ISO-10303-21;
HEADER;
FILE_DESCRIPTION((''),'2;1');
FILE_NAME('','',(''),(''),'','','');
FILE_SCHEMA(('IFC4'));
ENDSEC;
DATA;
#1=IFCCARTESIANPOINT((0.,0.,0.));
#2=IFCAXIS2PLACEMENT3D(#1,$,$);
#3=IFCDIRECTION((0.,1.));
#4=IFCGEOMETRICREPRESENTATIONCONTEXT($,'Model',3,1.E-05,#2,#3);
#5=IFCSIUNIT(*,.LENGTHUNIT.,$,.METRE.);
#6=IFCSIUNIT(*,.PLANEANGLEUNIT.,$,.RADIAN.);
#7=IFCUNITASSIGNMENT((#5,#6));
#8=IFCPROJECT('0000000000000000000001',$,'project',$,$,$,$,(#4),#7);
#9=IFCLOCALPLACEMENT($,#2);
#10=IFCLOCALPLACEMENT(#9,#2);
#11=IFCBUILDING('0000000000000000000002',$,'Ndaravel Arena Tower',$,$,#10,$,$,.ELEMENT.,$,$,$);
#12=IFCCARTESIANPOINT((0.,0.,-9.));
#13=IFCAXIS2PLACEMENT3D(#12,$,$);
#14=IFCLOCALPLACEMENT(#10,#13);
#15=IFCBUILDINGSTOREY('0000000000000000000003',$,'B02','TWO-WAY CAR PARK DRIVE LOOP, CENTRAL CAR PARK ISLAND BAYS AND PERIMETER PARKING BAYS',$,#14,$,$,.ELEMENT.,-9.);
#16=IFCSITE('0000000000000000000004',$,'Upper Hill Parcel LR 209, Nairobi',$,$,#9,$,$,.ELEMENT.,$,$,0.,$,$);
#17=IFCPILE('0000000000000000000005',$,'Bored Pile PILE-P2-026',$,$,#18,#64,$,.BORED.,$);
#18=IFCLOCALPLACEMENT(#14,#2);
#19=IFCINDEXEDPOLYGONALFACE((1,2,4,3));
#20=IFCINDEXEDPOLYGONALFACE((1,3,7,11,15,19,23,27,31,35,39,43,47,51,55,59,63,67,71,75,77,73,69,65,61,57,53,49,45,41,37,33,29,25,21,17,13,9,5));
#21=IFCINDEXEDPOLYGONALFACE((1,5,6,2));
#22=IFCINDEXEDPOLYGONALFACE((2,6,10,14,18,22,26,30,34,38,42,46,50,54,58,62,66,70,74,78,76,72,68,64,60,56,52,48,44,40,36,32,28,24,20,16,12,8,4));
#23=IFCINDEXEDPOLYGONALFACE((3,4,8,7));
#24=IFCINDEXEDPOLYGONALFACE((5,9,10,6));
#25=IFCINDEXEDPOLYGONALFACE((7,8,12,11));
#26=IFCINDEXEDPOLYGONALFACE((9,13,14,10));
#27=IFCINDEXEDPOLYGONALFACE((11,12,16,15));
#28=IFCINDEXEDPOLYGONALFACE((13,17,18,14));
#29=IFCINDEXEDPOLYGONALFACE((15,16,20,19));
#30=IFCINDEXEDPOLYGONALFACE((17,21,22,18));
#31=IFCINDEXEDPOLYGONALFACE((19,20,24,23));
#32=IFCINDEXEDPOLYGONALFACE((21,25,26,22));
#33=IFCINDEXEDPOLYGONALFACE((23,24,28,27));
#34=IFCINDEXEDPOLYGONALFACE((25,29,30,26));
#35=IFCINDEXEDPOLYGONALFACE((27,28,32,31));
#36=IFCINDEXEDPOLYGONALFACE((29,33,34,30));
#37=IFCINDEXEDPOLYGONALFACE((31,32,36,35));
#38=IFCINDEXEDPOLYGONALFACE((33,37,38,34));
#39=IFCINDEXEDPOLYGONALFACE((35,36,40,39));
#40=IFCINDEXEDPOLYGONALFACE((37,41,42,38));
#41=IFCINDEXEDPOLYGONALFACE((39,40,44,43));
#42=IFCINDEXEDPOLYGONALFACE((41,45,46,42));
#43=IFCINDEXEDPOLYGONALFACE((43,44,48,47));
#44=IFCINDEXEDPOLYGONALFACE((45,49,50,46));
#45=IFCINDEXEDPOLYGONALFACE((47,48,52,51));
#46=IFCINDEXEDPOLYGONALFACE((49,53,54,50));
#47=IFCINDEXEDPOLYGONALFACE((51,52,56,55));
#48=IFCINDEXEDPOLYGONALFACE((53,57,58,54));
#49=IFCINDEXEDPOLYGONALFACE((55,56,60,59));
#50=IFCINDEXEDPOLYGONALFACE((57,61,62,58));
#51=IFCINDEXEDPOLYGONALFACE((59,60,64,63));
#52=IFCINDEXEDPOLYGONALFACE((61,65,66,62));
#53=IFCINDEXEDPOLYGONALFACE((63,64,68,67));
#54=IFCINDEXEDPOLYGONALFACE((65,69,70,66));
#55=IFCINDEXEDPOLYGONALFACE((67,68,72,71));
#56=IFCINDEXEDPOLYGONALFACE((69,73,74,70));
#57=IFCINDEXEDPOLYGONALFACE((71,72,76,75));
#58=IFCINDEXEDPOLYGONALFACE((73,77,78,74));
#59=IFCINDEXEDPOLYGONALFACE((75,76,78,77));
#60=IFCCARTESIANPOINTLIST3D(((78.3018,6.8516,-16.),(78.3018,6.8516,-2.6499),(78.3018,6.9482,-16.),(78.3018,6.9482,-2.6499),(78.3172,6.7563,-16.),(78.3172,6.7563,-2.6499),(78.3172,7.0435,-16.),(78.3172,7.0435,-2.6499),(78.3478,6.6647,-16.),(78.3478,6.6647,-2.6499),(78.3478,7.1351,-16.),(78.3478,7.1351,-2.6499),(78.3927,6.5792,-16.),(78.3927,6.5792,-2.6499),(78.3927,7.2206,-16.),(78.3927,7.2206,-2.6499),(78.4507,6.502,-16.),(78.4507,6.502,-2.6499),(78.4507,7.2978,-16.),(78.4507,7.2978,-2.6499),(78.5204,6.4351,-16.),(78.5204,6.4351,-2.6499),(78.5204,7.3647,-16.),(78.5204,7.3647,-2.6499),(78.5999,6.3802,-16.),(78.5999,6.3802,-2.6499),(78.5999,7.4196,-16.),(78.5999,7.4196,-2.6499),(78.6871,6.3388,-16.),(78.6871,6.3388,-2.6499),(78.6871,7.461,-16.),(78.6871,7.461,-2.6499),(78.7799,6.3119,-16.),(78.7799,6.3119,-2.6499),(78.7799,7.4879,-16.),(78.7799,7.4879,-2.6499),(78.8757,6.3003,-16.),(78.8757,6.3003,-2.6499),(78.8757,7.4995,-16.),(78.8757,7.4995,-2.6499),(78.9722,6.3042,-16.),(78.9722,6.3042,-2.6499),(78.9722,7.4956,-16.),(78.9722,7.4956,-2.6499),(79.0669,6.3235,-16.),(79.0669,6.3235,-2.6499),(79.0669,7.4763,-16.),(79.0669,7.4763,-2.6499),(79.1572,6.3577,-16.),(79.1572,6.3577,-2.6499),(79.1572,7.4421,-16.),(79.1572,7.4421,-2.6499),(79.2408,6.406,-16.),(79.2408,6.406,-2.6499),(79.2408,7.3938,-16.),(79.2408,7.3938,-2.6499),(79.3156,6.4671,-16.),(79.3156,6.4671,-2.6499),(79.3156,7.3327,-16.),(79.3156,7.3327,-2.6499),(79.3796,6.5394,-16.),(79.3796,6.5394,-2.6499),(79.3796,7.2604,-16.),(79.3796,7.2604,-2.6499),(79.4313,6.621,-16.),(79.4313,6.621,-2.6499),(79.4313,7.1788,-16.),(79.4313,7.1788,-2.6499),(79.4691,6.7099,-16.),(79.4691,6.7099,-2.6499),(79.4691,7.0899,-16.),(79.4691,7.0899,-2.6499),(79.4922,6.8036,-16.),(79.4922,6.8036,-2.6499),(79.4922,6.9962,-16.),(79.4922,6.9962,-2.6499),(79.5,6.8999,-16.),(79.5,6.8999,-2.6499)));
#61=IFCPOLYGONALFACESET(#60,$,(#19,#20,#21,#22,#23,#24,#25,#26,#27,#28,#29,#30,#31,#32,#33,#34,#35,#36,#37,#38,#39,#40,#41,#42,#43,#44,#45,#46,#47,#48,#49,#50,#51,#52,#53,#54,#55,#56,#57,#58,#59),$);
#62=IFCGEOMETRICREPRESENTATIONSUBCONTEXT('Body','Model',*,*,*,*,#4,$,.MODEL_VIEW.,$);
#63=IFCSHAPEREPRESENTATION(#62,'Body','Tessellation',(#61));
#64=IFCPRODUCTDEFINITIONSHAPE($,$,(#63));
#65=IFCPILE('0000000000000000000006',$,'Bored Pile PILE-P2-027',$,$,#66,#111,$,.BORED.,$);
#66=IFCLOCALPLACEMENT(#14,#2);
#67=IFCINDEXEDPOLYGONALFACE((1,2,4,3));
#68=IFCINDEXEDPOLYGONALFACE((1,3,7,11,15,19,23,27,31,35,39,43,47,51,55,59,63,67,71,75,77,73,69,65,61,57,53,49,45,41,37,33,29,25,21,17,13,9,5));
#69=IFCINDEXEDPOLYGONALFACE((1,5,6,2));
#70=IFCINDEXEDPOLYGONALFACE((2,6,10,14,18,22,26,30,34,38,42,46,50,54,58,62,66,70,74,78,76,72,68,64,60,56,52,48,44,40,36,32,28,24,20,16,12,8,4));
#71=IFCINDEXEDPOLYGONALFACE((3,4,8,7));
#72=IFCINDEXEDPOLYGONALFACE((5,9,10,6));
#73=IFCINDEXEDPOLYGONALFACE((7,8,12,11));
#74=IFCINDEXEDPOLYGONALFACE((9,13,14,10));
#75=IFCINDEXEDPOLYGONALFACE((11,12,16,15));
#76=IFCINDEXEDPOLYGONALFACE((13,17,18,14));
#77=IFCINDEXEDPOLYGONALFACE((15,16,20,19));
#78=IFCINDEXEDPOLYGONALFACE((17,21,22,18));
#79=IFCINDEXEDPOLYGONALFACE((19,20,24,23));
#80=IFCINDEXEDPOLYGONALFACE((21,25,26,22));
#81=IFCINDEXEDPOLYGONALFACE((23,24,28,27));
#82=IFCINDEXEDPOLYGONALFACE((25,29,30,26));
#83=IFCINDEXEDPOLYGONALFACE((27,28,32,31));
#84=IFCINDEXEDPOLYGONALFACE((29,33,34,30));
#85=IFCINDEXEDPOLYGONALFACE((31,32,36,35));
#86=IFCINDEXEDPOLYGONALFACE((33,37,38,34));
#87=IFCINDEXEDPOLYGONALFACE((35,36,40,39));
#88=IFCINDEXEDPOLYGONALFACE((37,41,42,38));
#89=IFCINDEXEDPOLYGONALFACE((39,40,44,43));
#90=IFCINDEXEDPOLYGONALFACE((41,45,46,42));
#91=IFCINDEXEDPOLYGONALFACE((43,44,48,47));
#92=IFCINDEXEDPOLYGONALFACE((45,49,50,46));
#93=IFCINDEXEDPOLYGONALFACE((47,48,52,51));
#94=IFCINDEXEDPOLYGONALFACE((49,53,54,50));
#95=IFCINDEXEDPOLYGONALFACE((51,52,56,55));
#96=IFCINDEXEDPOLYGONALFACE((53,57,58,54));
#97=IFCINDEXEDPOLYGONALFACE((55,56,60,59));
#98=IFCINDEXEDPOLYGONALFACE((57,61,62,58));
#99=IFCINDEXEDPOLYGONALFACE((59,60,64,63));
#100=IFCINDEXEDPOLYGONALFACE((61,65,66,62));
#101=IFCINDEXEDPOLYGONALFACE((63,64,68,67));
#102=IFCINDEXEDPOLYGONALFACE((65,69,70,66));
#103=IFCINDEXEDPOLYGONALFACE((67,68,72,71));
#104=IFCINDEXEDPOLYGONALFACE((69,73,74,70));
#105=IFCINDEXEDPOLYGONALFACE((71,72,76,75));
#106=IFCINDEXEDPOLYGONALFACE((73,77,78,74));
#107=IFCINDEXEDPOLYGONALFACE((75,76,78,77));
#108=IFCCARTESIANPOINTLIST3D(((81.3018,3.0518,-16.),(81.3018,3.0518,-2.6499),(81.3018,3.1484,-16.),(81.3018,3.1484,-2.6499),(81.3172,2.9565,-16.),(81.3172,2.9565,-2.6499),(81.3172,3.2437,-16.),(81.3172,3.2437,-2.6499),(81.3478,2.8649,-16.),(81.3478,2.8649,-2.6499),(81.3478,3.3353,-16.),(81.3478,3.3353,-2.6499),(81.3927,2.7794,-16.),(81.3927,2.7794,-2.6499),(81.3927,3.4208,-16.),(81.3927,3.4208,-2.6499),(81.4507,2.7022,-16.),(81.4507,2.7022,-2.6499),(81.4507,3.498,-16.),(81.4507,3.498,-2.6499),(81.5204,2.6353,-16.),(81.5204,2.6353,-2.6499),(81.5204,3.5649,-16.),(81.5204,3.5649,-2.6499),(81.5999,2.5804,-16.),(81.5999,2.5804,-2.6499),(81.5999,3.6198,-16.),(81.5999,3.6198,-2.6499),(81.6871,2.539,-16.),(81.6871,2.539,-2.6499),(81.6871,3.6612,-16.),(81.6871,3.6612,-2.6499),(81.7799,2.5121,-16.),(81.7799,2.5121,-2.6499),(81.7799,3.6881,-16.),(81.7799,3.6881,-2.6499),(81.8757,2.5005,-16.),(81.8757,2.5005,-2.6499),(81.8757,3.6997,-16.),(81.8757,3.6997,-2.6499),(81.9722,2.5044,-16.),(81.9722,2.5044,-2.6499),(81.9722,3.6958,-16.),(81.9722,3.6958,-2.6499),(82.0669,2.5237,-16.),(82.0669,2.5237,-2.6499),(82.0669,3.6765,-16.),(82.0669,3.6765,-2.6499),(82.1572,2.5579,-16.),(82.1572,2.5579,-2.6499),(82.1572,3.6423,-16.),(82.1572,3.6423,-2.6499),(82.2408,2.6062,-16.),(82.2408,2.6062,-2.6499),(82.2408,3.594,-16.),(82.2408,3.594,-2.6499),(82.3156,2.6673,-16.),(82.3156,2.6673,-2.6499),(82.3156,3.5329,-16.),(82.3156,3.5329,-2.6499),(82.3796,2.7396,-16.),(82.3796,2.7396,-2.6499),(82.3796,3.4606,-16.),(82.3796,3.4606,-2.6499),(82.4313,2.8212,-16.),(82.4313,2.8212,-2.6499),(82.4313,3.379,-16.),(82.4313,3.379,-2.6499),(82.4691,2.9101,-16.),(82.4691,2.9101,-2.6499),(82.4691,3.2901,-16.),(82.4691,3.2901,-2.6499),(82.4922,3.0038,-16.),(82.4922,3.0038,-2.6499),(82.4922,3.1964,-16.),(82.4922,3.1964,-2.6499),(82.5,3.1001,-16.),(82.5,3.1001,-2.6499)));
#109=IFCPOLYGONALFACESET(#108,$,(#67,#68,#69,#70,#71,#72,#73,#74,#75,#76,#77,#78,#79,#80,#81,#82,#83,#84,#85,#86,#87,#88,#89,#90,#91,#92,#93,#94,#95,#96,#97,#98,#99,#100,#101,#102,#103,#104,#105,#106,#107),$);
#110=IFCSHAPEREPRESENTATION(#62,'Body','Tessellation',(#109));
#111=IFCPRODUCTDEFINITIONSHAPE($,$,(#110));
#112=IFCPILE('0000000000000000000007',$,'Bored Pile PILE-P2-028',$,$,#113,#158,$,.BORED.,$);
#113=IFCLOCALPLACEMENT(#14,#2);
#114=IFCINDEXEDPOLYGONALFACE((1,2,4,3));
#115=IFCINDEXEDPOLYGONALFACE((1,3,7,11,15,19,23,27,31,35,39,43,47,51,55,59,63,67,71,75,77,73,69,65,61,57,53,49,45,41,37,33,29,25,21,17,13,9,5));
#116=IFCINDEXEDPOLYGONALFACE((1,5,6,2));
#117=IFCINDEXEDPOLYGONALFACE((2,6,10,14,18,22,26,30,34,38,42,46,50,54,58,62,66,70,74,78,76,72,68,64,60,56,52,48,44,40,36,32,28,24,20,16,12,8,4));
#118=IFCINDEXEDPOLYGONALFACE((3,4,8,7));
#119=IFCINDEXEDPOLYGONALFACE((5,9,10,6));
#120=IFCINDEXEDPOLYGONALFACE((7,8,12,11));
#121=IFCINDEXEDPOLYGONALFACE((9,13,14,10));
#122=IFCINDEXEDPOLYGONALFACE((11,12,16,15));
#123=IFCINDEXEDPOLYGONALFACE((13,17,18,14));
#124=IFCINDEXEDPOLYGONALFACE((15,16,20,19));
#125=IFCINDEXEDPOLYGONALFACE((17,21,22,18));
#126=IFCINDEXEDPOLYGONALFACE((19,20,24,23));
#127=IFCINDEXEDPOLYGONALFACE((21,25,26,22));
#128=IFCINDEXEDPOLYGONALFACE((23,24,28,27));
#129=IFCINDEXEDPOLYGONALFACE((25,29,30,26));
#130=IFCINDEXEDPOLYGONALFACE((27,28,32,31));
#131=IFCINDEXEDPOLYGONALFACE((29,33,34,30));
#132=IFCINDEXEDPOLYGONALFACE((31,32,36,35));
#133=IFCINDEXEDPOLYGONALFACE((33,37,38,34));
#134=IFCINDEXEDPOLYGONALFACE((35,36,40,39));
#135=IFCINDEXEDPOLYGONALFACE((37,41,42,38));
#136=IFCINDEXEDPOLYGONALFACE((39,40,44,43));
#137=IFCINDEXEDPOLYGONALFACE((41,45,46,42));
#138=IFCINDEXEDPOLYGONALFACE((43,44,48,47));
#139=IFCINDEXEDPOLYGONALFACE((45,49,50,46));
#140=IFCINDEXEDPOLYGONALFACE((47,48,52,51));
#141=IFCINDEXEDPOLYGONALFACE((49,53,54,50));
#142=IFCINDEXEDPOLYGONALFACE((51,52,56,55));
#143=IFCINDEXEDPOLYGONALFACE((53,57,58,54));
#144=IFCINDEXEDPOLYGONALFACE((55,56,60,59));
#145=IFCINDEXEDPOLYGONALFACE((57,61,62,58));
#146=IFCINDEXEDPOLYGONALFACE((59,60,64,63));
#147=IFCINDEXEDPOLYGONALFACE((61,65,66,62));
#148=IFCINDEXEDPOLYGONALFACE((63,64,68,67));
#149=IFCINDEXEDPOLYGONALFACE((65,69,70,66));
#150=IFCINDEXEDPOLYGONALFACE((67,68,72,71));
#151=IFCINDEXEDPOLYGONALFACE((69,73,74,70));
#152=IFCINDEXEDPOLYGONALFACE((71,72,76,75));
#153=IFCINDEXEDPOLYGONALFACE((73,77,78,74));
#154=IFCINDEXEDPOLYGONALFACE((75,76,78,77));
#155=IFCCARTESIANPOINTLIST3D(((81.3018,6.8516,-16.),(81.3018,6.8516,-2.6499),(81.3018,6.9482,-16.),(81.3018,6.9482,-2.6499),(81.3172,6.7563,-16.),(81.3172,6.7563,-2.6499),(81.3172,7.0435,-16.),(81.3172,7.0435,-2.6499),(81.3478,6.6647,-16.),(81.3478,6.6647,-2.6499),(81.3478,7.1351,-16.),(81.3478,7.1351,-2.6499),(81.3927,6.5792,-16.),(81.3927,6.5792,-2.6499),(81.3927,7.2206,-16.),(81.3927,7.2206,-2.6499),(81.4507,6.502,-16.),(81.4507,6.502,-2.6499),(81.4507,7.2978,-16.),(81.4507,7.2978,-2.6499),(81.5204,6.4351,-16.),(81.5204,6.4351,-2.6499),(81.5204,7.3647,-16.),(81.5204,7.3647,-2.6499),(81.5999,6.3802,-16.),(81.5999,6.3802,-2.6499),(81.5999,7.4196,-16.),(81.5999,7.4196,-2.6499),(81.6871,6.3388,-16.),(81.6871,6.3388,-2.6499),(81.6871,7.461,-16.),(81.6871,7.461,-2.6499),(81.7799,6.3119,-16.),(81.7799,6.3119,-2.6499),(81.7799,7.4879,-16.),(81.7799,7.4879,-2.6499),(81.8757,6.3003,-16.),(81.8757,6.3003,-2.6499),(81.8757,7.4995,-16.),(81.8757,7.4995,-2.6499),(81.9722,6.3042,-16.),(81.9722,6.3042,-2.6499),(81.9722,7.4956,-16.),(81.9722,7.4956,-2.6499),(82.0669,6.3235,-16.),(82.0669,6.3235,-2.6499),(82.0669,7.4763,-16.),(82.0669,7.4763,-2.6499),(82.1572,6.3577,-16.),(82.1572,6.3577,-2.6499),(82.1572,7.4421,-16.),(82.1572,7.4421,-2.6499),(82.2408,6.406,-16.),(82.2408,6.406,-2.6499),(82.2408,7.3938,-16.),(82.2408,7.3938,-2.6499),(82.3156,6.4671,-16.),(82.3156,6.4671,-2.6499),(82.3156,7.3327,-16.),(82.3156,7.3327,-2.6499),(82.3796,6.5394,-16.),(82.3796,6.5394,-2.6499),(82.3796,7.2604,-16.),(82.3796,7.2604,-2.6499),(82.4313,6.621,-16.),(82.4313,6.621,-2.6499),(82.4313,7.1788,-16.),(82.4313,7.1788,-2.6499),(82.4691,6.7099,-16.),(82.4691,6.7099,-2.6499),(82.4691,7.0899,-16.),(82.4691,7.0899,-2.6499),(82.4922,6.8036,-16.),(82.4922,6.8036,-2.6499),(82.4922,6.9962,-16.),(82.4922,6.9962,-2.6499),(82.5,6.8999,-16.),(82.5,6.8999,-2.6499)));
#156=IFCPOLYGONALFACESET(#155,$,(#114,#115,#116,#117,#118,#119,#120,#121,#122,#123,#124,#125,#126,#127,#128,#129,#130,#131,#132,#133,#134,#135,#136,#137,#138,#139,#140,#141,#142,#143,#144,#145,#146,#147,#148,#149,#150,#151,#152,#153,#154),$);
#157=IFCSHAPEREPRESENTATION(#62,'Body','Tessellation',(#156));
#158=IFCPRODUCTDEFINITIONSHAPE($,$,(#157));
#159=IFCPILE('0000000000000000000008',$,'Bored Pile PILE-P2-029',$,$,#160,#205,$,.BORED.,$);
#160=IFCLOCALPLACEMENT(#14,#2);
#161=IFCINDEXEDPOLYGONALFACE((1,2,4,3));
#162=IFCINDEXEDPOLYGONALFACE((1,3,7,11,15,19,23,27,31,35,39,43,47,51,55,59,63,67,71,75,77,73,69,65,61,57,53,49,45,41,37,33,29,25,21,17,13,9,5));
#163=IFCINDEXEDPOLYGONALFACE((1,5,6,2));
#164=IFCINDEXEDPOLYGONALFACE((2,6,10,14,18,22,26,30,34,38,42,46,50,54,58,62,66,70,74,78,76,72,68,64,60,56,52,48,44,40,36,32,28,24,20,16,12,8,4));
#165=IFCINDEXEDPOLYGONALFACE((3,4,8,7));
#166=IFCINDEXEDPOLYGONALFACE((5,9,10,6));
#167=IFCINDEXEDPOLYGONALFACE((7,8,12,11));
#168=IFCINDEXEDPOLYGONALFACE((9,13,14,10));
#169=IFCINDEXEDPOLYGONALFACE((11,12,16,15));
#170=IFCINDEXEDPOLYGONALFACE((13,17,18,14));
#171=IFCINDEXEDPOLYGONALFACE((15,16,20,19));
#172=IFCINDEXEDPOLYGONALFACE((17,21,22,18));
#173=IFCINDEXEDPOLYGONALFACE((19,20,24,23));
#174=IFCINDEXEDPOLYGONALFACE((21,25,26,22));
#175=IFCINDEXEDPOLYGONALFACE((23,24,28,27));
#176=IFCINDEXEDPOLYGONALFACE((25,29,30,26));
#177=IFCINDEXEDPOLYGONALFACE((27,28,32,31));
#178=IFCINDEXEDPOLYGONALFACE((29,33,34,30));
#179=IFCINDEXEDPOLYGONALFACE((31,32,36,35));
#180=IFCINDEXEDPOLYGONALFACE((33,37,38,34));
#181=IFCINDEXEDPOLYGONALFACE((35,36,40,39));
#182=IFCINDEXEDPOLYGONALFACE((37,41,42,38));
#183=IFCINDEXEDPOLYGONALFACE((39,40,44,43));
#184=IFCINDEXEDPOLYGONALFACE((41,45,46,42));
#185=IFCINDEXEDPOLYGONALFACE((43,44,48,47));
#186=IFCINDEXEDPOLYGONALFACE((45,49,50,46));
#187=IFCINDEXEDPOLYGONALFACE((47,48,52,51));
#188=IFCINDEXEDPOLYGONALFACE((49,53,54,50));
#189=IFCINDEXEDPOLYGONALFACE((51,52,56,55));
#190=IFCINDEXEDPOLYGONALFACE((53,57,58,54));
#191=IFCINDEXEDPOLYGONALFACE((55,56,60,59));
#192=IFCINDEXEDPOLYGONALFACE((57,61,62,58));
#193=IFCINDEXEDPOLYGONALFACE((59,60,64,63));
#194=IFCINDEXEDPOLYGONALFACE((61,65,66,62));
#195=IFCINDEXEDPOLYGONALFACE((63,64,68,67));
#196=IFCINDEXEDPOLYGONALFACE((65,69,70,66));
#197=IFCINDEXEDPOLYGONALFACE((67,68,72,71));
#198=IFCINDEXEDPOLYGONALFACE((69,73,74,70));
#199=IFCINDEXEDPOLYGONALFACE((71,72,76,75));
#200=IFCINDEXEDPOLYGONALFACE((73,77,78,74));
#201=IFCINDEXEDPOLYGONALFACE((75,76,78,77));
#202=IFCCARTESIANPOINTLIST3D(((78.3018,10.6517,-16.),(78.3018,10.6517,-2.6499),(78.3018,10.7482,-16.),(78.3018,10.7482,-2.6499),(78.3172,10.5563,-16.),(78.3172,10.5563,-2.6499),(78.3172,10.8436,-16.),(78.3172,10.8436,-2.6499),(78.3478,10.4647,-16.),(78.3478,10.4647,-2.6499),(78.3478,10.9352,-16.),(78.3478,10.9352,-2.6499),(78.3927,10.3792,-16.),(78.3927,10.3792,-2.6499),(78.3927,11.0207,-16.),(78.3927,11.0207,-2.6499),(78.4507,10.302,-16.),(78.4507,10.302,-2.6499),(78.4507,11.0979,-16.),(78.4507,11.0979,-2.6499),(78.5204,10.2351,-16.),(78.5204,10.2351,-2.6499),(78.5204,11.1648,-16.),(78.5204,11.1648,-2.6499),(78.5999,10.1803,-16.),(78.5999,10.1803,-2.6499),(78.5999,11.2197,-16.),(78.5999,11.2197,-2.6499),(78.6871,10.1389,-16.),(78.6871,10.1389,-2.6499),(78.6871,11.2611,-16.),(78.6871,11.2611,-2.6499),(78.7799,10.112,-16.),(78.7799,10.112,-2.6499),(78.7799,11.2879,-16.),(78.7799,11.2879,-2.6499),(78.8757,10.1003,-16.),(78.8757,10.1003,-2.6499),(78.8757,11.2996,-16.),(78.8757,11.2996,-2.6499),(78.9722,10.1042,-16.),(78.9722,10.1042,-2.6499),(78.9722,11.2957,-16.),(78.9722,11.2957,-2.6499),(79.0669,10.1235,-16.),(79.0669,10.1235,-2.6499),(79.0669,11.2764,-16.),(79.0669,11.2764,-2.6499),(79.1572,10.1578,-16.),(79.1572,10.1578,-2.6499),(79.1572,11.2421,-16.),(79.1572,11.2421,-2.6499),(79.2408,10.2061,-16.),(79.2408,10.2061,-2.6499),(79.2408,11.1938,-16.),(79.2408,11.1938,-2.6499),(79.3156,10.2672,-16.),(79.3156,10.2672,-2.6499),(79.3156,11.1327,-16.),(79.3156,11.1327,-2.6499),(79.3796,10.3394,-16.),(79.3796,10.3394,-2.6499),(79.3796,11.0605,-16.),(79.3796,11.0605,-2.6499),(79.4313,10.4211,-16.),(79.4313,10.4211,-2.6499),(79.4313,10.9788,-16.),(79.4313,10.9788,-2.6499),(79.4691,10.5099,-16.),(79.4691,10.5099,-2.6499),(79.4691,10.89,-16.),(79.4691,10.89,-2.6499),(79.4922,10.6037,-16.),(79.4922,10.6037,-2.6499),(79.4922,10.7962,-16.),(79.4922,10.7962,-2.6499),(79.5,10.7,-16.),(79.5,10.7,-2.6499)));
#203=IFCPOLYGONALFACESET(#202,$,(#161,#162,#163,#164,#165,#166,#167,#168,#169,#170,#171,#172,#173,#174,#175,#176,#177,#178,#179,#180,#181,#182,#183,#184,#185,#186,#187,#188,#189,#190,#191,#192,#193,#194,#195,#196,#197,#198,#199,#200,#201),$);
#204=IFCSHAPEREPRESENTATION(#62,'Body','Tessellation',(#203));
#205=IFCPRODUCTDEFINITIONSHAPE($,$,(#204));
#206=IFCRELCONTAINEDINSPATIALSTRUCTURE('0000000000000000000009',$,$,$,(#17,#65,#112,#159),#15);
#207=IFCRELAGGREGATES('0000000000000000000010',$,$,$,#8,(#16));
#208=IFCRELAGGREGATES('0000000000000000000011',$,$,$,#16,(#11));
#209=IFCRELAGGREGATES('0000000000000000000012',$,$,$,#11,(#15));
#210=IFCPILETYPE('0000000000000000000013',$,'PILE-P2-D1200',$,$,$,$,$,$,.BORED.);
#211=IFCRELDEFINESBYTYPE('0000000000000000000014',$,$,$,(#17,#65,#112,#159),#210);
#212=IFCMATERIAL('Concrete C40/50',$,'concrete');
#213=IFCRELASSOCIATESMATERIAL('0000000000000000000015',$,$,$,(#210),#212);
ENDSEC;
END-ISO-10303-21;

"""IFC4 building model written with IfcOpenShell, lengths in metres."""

from ifc_helpers import new_model, si_unit, direction, frame, origin, origin_2d, place, context, subcontext, project, spatial, circle, extrude, material, material_profile, profile_set, type_object, element, save


model = new_model("IFC4")

# Units and contexts
model_context = context("Model", 3, precision=1e-05, world=origin(), true_north=direction((0.0, 1.0)))
body_context = subcontext(model_context, "Body", "Model", "MODEL_VIEW")
ifc_project = project(units=[si_unit("LENGTHUNIT", "METRE"), si_unit("PLANEANGLEUNIT", "RADIAN")], contexts=[model_context])

# Site, building, storey
site_placement = place(None, origin())
site = spatial("IfcSite", under=ifc_project, at=site_placement, Name="Upper Hill Parcel LR 209, Nairobi", CompositionType="ELEMENT", RefElevation=0.0)
building_placement = place(site_placement, origin())
building = spatial("IfcBuilding", under=site, at=building_placement, Name="Ndaravel Arena Tower", CompositionType="ELEMENT")
storey_placement = place(building_placement, frame((0.0, 0.0, -9.0)))
storey = spatial("IfcBuildingStorey", under=building, at=storey_placement, Name="B02", Description="TWO-WAY CAR PARK DRIVE LOOP, CENTRAL CAR PARK ISLAND BAYS AND PERIMETER PARKING BAYS", CompositionType="ELEMENT", Elevation=-9.0)

# Piles
ifc_material_1 = material(Name="Concrete C40/50", Category="concrete")
ifc_material_profile_1 = material_profile(ifc_material_1, circle(Radius=0.6001, at=origin_2d()), Name="BORED PILE D1200")
ifc_profile_set_1 = profile_set([ifc_material_profile_1], Name="Concrete C40/50")
pile_type = type_object("IfcPileType", Name="PILE-P2-D1200", PredefinedType="BORED", material=ifc_profile_set_1)
for number, where, z_axis, x_axis, name in (
    (1, (78.8999, 6.8999, -2.6499), (0.0, 0.0, -1.0), (1.0, 0.0, 0.0), "Bored Pile PILE-P2-026"),
    (2, (81.8999, 3.1001, -2.6499), (0.0, 0.0, -1.0), (1.0, 0.0, 0.0), "Bored Pile PILE-P2-027"),
    (3, (81.8999, 6.8999, -2.6499), (0.0, 0.0, -1.0), (1.0, 0.0, 0.0), "Bored Pile PILE-P2-028"),
    (4, (78.8999, 10.7, -2.6499), (0.0, 0.0, -1.0), (1.0, 0.0, 0.0), "Bored Pile PILE-P2-029"),
):
    element("IfcPile", number, at=place(storey_placement, frame(where, z_axis=z_axis, x_axis=x_axis)), inside=storey, type_object=pile_type, Name=name, PredefinedType="BORED", context=body_context, shape_type="SweptSolid", body=[
        extrude(circle(Radius=0.6001, at=origin_2d()), origin(), (0.0, 0.0, 1.0), 13.3501),
    ])

save(model, "model.ifc")
